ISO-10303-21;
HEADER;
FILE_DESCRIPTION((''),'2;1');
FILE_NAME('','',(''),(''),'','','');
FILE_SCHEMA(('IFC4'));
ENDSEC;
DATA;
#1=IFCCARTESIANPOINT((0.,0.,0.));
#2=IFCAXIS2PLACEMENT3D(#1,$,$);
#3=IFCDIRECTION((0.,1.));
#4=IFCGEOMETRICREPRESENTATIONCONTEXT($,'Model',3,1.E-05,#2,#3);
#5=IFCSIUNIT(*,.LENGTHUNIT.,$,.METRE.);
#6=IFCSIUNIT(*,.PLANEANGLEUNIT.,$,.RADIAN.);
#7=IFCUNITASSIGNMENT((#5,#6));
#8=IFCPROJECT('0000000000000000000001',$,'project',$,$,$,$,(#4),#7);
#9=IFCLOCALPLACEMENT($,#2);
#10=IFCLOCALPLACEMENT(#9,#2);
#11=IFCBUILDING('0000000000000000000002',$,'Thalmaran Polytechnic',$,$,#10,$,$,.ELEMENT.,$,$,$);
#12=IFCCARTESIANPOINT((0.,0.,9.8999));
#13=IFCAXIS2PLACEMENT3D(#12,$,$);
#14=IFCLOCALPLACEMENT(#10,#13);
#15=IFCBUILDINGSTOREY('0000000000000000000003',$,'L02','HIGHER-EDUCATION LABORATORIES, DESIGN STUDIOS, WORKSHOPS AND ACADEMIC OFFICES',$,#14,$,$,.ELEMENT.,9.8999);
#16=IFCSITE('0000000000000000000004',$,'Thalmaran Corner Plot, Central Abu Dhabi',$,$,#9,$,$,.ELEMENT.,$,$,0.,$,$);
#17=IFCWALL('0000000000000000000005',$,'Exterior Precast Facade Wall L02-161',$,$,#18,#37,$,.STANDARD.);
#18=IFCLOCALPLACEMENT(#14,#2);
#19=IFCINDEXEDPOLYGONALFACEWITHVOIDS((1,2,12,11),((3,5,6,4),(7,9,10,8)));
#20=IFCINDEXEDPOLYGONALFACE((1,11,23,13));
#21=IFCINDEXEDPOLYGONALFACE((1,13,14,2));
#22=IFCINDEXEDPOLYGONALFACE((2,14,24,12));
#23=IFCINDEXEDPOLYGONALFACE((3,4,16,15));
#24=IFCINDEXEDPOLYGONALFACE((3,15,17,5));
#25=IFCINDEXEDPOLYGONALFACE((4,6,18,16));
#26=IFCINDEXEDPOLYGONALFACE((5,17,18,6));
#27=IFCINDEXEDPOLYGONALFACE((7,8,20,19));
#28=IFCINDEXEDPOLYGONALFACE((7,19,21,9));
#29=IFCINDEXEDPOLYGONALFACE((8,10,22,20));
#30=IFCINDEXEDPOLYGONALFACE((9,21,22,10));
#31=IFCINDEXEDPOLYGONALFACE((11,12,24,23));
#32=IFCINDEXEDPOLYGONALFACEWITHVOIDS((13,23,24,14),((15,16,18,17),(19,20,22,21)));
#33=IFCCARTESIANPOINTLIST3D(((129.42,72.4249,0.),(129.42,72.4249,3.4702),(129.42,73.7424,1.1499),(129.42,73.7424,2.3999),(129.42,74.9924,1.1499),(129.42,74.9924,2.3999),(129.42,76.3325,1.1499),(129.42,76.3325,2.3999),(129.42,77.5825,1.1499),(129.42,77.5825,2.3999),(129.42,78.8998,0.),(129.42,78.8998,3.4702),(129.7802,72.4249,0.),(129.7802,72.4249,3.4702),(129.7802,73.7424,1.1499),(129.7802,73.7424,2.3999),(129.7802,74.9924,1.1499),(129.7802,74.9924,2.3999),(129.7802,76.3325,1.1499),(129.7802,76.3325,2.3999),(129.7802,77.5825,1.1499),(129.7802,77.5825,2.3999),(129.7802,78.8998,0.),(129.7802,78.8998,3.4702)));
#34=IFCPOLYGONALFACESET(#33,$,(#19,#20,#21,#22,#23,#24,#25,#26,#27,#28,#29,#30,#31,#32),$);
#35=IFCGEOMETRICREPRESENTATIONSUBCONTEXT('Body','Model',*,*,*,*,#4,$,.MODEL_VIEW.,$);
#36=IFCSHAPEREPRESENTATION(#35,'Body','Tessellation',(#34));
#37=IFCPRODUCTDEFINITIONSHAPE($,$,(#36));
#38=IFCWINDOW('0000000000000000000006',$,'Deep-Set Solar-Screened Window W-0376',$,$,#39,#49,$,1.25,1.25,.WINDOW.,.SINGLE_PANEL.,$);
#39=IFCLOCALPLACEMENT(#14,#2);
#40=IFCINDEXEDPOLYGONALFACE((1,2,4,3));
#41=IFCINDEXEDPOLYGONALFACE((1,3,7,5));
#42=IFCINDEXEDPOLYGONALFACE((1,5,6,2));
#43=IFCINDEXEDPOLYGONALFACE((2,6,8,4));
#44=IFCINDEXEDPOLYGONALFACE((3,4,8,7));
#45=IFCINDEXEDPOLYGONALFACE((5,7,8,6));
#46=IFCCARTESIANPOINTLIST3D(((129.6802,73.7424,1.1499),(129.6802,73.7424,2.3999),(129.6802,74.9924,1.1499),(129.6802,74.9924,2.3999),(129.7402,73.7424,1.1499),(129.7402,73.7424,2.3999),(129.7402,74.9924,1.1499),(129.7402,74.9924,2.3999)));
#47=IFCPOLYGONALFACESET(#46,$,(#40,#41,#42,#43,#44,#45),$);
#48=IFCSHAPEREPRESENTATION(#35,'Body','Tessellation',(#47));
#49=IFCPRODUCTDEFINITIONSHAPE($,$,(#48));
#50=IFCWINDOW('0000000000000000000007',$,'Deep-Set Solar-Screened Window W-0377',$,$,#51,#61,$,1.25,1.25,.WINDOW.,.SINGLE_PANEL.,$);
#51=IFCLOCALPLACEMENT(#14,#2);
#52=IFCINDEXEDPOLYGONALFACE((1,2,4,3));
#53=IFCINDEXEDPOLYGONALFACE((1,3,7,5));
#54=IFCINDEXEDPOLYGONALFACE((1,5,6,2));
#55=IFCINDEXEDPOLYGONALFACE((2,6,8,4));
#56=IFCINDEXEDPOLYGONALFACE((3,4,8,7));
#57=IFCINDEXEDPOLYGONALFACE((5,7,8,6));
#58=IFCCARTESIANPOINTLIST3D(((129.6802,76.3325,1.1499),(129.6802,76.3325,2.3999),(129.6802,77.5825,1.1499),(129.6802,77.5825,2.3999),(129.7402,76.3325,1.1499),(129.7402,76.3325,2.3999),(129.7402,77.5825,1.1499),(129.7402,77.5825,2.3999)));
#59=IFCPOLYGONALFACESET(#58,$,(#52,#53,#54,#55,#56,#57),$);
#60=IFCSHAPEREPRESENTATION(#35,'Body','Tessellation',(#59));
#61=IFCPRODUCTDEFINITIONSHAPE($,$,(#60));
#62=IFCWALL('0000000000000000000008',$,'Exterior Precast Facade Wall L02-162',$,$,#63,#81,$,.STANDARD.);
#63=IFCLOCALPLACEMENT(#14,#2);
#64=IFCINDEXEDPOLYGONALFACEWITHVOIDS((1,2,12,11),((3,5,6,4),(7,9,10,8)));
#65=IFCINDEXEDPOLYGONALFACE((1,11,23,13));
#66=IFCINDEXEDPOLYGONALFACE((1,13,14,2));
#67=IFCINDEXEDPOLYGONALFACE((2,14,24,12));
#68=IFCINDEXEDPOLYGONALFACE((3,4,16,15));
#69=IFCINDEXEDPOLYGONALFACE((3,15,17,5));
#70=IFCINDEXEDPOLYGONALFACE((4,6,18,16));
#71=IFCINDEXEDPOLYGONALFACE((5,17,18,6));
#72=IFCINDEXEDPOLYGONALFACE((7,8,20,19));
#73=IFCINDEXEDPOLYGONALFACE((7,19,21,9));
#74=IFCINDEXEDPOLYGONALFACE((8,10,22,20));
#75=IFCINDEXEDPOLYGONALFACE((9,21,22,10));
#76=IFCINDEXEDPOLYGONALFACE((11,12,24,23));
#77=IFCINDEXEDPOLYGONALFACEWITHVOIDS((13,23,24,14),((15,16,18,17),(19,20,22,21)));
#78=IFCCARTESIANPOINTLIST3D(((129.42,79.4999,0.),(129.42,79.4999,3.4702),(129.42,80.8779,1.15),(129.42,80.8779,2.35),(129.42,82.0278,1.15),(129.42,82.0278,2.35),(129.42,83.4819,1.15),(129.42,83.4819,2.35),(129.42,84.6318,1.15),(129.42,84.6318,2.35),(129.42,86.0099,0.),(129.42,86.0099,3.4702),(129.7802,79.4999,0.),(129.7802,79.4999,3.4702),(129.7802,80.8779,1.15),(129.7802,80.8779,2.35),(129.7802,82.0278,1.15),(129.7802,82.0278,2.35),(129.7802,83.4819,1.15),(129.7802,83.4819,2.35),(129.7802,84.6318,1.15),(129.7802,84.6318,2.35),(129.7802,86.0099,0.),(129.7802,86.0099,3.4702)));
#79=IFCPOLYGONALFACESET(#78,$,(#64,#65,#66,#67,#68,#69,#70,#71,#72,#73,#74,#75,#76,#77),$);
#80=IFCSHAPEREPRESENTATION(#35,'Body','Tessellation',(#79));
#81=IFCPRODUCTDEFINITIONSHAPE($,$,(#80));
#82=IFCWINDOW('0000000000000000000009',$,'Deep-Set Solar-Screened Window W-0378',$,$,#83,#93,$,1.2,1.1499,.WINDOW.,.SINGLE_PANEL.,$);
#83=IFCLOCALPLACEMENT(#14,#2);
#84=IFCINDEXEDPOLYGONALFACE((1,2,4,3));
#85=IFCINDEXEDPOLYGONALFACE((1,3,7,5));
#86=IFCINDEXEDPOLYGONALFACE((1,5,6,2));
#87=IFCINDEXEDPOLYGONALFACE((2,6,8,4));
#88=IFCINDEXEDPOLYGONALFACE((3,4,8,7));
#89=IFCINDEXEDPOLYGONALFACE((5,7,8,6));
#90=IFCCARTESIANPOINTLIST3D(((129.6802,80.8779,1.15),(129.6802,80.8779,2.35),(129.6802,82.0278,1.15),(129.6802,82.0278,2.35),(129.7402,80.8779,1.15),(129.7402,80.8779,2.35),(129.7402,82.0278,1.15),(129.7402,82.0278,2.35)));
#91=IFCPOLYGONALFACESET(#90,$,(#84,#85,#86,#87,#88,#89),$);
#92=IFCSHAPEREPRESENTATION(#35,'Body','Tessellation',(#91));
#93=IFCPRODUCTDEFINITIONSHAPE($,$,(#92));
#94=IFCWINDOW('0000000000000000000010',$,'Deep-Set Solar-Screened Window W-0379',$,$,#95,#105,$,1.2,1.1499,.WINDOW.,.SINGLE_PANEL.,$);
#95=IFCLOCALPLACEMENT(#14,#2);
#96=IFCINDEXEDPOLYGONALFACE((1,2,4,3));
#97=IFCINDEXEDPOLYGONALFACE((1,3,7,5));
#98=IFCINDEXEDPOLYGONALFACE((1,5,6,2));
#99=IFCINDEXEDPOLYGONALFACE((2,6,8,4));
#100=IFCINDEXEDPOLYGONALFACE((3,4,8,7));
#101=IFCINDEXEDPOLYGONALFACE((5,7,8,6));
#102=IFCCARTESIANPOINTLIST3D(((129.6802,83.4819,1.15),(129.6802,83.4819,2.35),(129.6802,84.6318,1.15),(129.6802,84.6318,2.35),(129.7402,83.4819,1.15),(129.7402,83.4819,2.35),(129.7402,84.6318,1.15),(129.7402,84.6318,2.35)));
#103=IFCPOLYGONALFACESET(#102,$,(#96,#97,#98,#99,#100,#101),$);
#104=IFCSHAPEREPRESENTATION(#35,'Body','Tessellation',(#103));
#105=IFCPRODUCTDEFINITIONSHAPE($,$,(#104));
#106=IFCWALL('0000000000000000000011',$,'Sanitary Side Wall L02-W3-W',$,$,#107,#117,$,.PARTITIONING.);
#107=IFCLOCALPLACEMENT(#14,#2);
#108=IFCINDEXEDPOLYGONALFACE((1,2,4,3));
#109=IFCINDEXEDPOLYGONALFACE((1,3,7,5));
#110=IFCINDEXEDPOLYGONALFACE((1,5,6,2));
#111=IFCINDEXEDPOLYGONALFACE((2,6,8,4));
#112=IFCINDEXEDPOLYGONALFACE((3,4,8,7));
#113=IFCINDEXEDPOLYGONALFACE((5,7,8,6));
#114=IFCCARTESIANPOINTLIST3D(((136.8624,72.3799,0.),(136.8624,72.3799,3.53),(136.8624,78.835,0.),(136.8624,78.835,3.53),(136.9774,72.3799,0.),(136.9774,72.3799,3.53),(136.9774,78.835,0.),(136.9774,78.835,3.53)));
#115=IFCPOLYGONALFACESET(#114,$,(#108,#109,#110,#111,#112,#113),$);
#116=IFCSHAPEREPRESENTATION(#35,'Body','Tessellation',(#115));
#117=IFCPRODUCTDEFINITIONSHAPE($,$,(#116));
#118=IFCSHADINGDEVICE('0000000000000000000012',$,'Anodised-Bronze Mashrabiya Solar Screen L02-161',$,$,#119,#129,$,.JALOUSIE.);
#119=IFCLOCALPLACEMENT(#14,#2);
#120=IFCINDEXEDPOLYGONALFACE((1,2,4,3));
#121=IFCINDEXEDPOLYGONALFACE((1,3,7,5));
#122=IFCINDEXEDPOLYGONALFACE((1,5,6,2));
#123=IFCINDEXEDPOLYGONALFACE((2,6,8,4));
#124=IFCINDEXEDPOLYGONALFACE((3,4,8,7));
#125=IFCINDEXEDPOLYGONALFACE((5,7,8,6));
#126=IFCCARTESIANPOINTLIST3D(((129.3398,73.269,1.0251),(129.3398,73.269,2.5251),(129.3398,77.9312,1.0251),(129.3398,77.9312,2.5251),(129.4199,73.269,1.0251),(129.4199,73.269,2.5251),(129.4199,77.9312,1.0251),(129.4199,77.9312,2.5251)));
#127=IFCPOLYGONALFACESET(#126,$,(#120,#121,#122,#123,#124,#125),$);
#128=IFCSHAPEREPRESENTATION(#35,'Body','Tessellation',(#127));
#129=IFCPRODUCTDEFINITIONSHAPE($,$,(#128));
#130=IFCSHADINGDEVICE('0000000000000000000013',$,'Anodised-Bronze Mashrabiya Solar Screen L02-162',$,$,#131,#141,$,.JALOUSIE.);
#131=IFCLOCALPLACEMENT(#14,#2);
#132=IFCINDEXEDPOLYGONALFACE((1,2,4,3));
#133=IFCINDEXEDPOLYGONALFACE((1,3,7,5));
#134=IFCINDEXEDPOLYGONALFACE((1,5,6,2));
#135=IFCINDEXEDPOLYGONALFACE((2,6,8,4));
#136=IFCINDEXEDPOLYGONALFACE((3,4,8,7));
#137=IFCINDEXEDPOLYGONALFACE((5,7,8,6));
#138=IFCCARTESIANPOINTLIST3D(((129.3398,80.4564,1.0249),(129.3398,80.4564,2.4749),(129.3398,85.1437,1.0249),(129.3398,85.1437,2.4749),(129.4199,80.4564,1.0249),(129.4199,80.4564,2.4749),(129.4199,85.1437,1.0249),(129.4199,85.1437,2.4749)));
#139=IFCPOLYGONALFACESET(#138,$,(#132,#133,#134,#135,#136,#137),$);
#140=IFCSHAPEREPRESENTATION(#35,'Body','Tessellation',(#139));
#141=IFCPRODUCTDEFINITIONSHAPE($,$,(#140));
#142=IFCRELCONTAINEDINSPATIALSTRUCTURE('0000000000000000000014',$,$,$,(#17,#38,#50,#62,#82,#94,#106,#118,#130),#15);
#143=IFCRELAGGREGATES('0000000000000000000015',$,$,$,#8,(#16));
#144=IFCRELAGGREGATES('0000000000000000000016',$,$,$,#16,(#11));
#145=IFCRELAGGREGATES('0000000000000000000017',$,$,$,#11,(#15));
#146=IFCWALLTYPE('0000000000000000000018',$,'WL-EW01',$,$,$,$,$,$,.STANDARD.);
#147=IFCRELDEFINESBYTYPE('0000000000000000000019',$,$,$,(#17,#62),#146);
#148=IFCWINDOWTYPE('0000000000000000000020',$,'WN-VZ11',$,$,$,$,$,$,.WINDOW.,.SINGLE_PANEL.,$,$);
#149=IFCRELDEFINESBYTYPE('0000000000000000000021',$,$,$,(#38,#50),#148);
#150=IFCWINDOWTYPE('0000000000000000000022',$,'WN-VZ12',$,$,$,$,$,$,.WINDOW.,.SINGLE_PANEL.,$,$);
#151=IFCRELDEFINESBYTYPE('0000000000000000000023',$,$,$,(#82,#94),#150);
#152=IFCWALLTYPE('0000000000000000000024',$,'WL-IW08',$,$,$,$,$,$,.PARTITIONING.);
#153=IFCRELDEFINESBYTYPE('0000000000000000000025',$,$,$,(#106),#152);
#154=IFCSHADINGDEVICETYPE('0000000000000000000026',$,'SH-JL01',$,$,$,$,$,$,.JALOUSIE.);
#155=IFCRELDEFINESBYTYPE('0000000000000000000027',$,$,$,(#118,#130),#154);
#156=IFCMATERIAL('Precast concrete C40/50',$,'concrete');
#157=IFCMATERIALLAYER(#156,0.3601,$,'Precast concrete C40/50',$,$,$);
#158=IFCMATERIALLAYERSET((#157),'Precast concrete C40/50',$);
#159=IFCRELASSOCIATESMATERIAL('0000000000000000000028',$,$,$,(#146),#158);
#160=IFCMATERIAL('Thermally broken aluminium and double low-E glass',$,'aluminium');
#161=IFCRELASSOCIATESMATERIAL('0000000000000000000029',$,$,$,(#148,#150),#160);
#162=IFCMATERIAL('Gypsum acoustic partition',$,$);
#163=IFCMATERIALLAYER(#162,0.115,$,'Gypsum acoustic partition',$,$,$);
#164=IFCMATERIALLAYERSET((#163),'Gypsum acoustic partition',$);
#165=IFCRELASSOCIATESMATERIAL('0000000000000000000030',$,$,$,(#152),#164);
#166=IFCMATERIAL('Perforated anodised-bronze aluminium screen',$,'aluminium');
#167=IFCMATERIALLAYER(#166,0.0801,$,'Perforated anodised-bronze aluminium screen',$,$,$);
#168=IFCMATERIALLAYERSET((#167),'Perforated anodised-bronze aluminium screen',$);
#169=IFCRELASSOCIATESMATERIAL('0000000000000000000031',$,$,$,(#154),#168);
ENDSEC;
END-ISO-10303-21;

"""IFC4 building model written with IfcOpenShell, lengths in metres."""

from ifc_helpers import new_model, si_unit, direction, frame, frame_2d, origin, origin_2d, place, context, subcontext, project, spatial, rectangle, extrude, material, layer, layer_set, type_object, element, fill, save


model = new_model("IFC4")

# Units and contexts
model_context = context("Model", 3, precision=1e-05, world=origin(), true_north=direction((0.0, 1.0)))
body_context = subcontext(model_context, "Body", "Model", "MODEL_VIEW")
ifc_project = project(units=[si_unit("LENGTHUNIT", "METRE"), si_unit("PLANEANGLEUNIT", "RADIAN")], contexts=[model_context])

# Site, building, storey
site_placement = place(None, origin())
site = spatial("IfcSite", under=ifc_project, at=site_placement, Name="Thalmaran Corner Plot, Central Abu Dhabi", CompositionType="ELEMENT", RefElevation=0.0)
building_placement = place(site_placement, origin())
building = spatial("IfcBuilding", under=site, at=building_placement, Name="Thalmaran Polytechnic", CompositionType="ELEMENT")
storey_placement = place(building_placement, frame((0.0, 0.0, 9.8999)))
storey = spatial("IfcBuildingStorey", under=building, at=storey_placement, Name="L02", Description="HIGHER-EDUCATION LABORATORIES, DESIGN STUDIOS, WORKSHOPS AND ACADEMIC OFFICES", CompositionType="ELEMENT", Elevation=9.8999)

# Walls, openings, windows
ifc_material_1 = material(Name="Precast concrete C40/50", Category="concrete")
ifc_layer_1 = layer(ifc_material_1, 0.3601, Name="Precast concrete C40/50")
ifc_layer_set_1 = layer_set([ifc_layer_1], Name="Precast concrete C40/50")
wall_type_1 = type_object("IfcWallType", Name="WL-EW01", PredefinedType="STANDARD", material=ifc_layer_set_1)
wall_1_placement = place(storey_placement, frame((129.6001, 72.425, 0.0), z_axis=(0.0, 0.0, 1.0), x_axis=(0.0, 1.0, 0.0)))
wall_1 = element("IfcWall", 1, at=wall_1_placement, inside=storey, type_object=wall_type_1, Name="Exterior Precast Facade Wall L02-161", PredefinedType="STANDARD", context=body_context, shape_type="SweptSolid", body=[
    extrude(rectangle(XDim=6.4749, YDim=0.3601, at=frame_2d((3.2373, 0.0))), origin(), (0.0, 0.0, 1.0), 3.4702),
])
opening_1_placement = place(wall_1_placement, frame((1.3174, 0.0, 1.1499)))
opening_1 = element("IfcOpeningElement", 2, at=opening_1_placement, cuts=wall_1, PredefinedType="OPENING", context=body_context, shape_type="SweptSolid", body=[
    extrude(rectangle(XDim=1.25, YDim=1.25, at=frame_2d((0.625, 0.625))), frame((0.0, 0.1899, 0.0), z_axis=(0.0, -1.0, 0.0), x_axis=(1.0, 0.0, 0.0)), (0.0, 0.0, 1.0), 0.3801),
])
opening_2_placement = place(wall_1_placement, frame((3.9075, 0.0, 1.1499)))
opening_2 = element("IfcOpeningElement", 3, at=opening_2_placement, cuts=wall_1, PredefinedType="OPENING", context=body_context, shape_type="SweptSolid", body=[
    extrude(rectangle(XDim=1.25, YDim=1.25, at=frame_2d((0.625, 0.625))), frame((0.0, 0.1899, 0.0), z_axis=(0.0, -1.0, 0.0), x_axis=(1.0, 0.0, 0.0)), (0.0, 0.0, 1.0), 0.3801),
])
ifc_material_2 = material(Name="Thermally broken aluminium and double low-E glass", Category="aluminium")
window_type_1 = type_object("IfcWindowType", Name="WN-VZ11", PartitioningType="SINGLE_PANEL", PredefinedType="WINDOW", material=ifc_material_2)
window_1_placement = place(opening_1_placement, origin())
window_1 = element("IfcWindow", 4, at=window_1_placement, inside=storey, type_object=window_type_1, Name="Deep-Set Solar-Screened Window W-0376", OverallHeight=1.25, OverallWidth=1.25, PartitioningType="SINGLE_PANEL", PredefinedType="WINDOW", context=body_context, shape_type="SweptSolid", body=[
    extrude(rectangle(XDim=1.25, YDim=1.25, at=frame_2d((0.625, 0.625))), frame((0.0, -0.0801, 0.0), z_axis=(0.0, -1.0, 0.0), x_axis=(1.0, 0.0, 0.0)), (0.0, 0.0, 1.0), 0.0601),
])
fill(opening_1, window_1)
window_2_placement = place(opening_2_placement, origin())
window_2 = element("IfcWindow", 5, at=window_2_placement, inside=storey, type_object=window_type_1, Name="Deep-Set Solar-Screened Window W-0377", OverallHeight=1.25, OverallWidth=1.25, PartitioningType="SINGLE_PANEL", PredefinedType="WINDOW", context=body_context, shape_type="SweptSolid", body=[
    extrude(rectangle(XDim=1.25, YDim=1.25, at=frame_2d((0.625, 0.625))), frame((0.0, -0.0801, 0.0), z_axis=(0.0, -1.0, 0.0), x_axis=(1.0, 0.0, 0.0)), (0.0, 0.0, 1.0), 0.0601),
])
fill(opening_2, window_2)
wall_2_placement = place(storey_placement, frame((129.6001, 79.5, 0.0), z_axis=(0.0, 0.0, 1.0), x_axis=(0.0, 1.0, 0.0)))
wall_2 = element("IfcWall", 6, at=wall_2_placement, inside=storey, type_object=wall_type_1, Name="Exterior Precast Facade Wall L02-162", PredefinedType="STANDARD", context=body_context, shape_type="SweptSolid", body=[
    extrude(rectangle(XDim=6.51, YDim=0.3601, at=frame_2d((3.2549, 0.0))), origin(), (0.0, 0.0, 1.0), 3.4702),
])
opening_3_placement = place(wall_2_placement, frame((1.3779, 0.0, 1.1499)))
opening_3 = element("IfcOpeningElement", 7, at=opening_3_placement, cuts=wall_2, PredefinedType="OPENING", context=body_context, shape_type="SweptSolid", body=[
    extrude(rectangle(XDim=1.1499, YDim=1.2, at=frame_2d((0.575, 0.6001))), frame((0.0, 0.1899, 0.0), z_axis=(0.0, -1.0, 0.0), x_axis=(1.0, 0.0, 0.0)), (0.0, 0.0, 1.0), 0.3801),
])
opening_4_placement = place(wall_2_placement, frame((3.9819, 0.0, 1.1499)))
opening_4 = element("IfcOpeningElement", 8, at=opening_4_placement, cuts=wall_2, PredefinedType="OPENING", context=body_context, shape_type="SweptSolid", body=[
    extrude(rectangle(XDim=1.1499, YDim=1.2, at=frame_2d((0.575, 0.6001))), frame((0.0, 0.1899, 0.0), z_axis=(0.0, -1.0, 0.0), x_axis=(1.0, 0.0, 0.0)), (0.0, 0.0, 1.0), 0.3801),
])
window_type_2 = type_object("IfcWindowType", Name="WN-VZ12", PartitioningType="SINGLE_PANEL", PredefinedType="WINDOW", material=ifc_material_2)
window_3_placement = place(opening_3_placement, origin())
window_3 = element("IfcWindow", 9, at=window_3_placement, inside=storey, type_object=window_type_2, Name="Deep-Set Solar-Screened Window W-0378", OverallHeight=1.2, OverallWidth=1.1499, PartitioningType="SINGLE_PANEL", PredefinedType="WINDOW", context=body_context, shape_type="SweptSolid", body=[
    extrude(rectangle(XDim=1.1499, YDim=1.2, at=frame_2d((0.575, 0.6001))), frame((0.0, -0.0801, 0.0), z_axis=(0.0, -1.0, 0.0), x_axis=(1.0, 0.0, 0.0)), (0.0, 0.0, 1.0), 0.0601),
])
fill(opening_3, window_3)
window_4_placement = place(opening_4_placement, origin())
window_4 = element("IfcWindow", 10, at=window_4_placement, inside=storey, type_object=window_type_2, Name="Deep-Set Solar-Screened Window W-0379", OverallHeight=1.2, OverallWidth=1.1499, PartitioningType="SINGLE_PANEL", PredefinedType="WINDOW", context=body_context, shape_type="SweptSolid", body=[
    extrude(rectangle(XDim=1.1499, YDim=1.2, at=frame_2d((0.575, 0.6001))), frame((0.0, -0.0801, 0.0), z_axis=(0.0, -1.0, 0.0), x_axis=(1.0, 0.0, 0.0)), (0.0, 0.0, 1.0), 0.0601),
])
fill(opening_4, window_4)

# Wall
ifc_material_3 = material(Name="Gypsum acoustic partition")
ifc_layer_2 = layer(ifc_material_3, 0.115, Name="Gypsum acoustic partition")
ifc_layer_set_2 = layer_set([ifc_layer_2], Name="Gypsum acoustic partition")
wall_type_2 = type_object("IfcWallType", Name="WL-IW08", PredefinedType="PARTITIONING", material=ifc_layer_set_2)
wall_3_placement = place(storey_placement, frame((136.9199, 72.3799, 0.0), z_axis=(0.0, 0.0, 1.0), x_axis=(0.0, 1.0, 0.0)))
element("IfcWall", 11, at=wall_3_placement, inside=storey, type_object=wall_type_2, Name="Sanitary Side Wall L02-W3-W", PredefinedType="PARTITIONING", context=body_context, shape_type="SweptSolid", body=[
    extrude(rectangle(XDim=6.4551, YDim=0.115, at=frame_2d((3.2275, 0.0))), origin(), (0.0, 0.0, 1.0), 3.53),
])

# Shading devices
ifc_material_4 = material(Name="Perforated anodised-bronze aluminium screen", Category="aluminium")
ifc_layer_3 = layer(ifc_material_4, 0.0801, Name="Perforated anodised-bronze aluminium screen")
ifc_layer_set_3 = layer_set([ifc_layer_3], Name="Perforated anodised-bronze aluminium screen")
shading_device_type = type_object("IfcShadingDeviceType", Name="SH-JL01", PredefinedType="JALOUSIE", material=ifc_layer_set_3)
shading_device_1_placement = place(storey_placement, frame((129.3799, 75.6001, 1.0251), z_axis=(0.0, 0.0, 1.0), x_axis=(0.0, 1.0, 0.0)))
element("IfcShadingDevice", 12, at=shading_device_1_placement, inside=storey, type_object=shading_device_type, Name="Anodised-Bronze Mashrabiya Solar Screen L02-161", PredefinedType="JALOUSIE", context=body_context, shape_type="SweptSolid", body=[
    extrude(rectangle(XDim=4.6621, YDim=0.0801, at=origin_2d()), origin(), (0.0, 0.0, 1.0), 1.5),
])
shading_device_2_placement = place(storey_placement, frame((129.3799, 82.8, 1.0249), z_axis=(0.0, 0.0, 1.0), x_axis=(0.0, 1.0, 0.0)))
element("IfcShadingDevice", 13, at=shading_device_2_placement, inside=storey, type_object=shading_device_type, Name="Anodised-Bronze Mashrabiya Solar Screen L02-162", PredefinedType="JALOUSIE", context=body_context, shape_type="SweptSolid", body=[
    extrude(rectangle(XDim=4.6873, YDim=0.0801, at=origin_2d()), origin(), (0.0, 0.0, 1.0), 1.45),
])

save(model, "model.ifc")
